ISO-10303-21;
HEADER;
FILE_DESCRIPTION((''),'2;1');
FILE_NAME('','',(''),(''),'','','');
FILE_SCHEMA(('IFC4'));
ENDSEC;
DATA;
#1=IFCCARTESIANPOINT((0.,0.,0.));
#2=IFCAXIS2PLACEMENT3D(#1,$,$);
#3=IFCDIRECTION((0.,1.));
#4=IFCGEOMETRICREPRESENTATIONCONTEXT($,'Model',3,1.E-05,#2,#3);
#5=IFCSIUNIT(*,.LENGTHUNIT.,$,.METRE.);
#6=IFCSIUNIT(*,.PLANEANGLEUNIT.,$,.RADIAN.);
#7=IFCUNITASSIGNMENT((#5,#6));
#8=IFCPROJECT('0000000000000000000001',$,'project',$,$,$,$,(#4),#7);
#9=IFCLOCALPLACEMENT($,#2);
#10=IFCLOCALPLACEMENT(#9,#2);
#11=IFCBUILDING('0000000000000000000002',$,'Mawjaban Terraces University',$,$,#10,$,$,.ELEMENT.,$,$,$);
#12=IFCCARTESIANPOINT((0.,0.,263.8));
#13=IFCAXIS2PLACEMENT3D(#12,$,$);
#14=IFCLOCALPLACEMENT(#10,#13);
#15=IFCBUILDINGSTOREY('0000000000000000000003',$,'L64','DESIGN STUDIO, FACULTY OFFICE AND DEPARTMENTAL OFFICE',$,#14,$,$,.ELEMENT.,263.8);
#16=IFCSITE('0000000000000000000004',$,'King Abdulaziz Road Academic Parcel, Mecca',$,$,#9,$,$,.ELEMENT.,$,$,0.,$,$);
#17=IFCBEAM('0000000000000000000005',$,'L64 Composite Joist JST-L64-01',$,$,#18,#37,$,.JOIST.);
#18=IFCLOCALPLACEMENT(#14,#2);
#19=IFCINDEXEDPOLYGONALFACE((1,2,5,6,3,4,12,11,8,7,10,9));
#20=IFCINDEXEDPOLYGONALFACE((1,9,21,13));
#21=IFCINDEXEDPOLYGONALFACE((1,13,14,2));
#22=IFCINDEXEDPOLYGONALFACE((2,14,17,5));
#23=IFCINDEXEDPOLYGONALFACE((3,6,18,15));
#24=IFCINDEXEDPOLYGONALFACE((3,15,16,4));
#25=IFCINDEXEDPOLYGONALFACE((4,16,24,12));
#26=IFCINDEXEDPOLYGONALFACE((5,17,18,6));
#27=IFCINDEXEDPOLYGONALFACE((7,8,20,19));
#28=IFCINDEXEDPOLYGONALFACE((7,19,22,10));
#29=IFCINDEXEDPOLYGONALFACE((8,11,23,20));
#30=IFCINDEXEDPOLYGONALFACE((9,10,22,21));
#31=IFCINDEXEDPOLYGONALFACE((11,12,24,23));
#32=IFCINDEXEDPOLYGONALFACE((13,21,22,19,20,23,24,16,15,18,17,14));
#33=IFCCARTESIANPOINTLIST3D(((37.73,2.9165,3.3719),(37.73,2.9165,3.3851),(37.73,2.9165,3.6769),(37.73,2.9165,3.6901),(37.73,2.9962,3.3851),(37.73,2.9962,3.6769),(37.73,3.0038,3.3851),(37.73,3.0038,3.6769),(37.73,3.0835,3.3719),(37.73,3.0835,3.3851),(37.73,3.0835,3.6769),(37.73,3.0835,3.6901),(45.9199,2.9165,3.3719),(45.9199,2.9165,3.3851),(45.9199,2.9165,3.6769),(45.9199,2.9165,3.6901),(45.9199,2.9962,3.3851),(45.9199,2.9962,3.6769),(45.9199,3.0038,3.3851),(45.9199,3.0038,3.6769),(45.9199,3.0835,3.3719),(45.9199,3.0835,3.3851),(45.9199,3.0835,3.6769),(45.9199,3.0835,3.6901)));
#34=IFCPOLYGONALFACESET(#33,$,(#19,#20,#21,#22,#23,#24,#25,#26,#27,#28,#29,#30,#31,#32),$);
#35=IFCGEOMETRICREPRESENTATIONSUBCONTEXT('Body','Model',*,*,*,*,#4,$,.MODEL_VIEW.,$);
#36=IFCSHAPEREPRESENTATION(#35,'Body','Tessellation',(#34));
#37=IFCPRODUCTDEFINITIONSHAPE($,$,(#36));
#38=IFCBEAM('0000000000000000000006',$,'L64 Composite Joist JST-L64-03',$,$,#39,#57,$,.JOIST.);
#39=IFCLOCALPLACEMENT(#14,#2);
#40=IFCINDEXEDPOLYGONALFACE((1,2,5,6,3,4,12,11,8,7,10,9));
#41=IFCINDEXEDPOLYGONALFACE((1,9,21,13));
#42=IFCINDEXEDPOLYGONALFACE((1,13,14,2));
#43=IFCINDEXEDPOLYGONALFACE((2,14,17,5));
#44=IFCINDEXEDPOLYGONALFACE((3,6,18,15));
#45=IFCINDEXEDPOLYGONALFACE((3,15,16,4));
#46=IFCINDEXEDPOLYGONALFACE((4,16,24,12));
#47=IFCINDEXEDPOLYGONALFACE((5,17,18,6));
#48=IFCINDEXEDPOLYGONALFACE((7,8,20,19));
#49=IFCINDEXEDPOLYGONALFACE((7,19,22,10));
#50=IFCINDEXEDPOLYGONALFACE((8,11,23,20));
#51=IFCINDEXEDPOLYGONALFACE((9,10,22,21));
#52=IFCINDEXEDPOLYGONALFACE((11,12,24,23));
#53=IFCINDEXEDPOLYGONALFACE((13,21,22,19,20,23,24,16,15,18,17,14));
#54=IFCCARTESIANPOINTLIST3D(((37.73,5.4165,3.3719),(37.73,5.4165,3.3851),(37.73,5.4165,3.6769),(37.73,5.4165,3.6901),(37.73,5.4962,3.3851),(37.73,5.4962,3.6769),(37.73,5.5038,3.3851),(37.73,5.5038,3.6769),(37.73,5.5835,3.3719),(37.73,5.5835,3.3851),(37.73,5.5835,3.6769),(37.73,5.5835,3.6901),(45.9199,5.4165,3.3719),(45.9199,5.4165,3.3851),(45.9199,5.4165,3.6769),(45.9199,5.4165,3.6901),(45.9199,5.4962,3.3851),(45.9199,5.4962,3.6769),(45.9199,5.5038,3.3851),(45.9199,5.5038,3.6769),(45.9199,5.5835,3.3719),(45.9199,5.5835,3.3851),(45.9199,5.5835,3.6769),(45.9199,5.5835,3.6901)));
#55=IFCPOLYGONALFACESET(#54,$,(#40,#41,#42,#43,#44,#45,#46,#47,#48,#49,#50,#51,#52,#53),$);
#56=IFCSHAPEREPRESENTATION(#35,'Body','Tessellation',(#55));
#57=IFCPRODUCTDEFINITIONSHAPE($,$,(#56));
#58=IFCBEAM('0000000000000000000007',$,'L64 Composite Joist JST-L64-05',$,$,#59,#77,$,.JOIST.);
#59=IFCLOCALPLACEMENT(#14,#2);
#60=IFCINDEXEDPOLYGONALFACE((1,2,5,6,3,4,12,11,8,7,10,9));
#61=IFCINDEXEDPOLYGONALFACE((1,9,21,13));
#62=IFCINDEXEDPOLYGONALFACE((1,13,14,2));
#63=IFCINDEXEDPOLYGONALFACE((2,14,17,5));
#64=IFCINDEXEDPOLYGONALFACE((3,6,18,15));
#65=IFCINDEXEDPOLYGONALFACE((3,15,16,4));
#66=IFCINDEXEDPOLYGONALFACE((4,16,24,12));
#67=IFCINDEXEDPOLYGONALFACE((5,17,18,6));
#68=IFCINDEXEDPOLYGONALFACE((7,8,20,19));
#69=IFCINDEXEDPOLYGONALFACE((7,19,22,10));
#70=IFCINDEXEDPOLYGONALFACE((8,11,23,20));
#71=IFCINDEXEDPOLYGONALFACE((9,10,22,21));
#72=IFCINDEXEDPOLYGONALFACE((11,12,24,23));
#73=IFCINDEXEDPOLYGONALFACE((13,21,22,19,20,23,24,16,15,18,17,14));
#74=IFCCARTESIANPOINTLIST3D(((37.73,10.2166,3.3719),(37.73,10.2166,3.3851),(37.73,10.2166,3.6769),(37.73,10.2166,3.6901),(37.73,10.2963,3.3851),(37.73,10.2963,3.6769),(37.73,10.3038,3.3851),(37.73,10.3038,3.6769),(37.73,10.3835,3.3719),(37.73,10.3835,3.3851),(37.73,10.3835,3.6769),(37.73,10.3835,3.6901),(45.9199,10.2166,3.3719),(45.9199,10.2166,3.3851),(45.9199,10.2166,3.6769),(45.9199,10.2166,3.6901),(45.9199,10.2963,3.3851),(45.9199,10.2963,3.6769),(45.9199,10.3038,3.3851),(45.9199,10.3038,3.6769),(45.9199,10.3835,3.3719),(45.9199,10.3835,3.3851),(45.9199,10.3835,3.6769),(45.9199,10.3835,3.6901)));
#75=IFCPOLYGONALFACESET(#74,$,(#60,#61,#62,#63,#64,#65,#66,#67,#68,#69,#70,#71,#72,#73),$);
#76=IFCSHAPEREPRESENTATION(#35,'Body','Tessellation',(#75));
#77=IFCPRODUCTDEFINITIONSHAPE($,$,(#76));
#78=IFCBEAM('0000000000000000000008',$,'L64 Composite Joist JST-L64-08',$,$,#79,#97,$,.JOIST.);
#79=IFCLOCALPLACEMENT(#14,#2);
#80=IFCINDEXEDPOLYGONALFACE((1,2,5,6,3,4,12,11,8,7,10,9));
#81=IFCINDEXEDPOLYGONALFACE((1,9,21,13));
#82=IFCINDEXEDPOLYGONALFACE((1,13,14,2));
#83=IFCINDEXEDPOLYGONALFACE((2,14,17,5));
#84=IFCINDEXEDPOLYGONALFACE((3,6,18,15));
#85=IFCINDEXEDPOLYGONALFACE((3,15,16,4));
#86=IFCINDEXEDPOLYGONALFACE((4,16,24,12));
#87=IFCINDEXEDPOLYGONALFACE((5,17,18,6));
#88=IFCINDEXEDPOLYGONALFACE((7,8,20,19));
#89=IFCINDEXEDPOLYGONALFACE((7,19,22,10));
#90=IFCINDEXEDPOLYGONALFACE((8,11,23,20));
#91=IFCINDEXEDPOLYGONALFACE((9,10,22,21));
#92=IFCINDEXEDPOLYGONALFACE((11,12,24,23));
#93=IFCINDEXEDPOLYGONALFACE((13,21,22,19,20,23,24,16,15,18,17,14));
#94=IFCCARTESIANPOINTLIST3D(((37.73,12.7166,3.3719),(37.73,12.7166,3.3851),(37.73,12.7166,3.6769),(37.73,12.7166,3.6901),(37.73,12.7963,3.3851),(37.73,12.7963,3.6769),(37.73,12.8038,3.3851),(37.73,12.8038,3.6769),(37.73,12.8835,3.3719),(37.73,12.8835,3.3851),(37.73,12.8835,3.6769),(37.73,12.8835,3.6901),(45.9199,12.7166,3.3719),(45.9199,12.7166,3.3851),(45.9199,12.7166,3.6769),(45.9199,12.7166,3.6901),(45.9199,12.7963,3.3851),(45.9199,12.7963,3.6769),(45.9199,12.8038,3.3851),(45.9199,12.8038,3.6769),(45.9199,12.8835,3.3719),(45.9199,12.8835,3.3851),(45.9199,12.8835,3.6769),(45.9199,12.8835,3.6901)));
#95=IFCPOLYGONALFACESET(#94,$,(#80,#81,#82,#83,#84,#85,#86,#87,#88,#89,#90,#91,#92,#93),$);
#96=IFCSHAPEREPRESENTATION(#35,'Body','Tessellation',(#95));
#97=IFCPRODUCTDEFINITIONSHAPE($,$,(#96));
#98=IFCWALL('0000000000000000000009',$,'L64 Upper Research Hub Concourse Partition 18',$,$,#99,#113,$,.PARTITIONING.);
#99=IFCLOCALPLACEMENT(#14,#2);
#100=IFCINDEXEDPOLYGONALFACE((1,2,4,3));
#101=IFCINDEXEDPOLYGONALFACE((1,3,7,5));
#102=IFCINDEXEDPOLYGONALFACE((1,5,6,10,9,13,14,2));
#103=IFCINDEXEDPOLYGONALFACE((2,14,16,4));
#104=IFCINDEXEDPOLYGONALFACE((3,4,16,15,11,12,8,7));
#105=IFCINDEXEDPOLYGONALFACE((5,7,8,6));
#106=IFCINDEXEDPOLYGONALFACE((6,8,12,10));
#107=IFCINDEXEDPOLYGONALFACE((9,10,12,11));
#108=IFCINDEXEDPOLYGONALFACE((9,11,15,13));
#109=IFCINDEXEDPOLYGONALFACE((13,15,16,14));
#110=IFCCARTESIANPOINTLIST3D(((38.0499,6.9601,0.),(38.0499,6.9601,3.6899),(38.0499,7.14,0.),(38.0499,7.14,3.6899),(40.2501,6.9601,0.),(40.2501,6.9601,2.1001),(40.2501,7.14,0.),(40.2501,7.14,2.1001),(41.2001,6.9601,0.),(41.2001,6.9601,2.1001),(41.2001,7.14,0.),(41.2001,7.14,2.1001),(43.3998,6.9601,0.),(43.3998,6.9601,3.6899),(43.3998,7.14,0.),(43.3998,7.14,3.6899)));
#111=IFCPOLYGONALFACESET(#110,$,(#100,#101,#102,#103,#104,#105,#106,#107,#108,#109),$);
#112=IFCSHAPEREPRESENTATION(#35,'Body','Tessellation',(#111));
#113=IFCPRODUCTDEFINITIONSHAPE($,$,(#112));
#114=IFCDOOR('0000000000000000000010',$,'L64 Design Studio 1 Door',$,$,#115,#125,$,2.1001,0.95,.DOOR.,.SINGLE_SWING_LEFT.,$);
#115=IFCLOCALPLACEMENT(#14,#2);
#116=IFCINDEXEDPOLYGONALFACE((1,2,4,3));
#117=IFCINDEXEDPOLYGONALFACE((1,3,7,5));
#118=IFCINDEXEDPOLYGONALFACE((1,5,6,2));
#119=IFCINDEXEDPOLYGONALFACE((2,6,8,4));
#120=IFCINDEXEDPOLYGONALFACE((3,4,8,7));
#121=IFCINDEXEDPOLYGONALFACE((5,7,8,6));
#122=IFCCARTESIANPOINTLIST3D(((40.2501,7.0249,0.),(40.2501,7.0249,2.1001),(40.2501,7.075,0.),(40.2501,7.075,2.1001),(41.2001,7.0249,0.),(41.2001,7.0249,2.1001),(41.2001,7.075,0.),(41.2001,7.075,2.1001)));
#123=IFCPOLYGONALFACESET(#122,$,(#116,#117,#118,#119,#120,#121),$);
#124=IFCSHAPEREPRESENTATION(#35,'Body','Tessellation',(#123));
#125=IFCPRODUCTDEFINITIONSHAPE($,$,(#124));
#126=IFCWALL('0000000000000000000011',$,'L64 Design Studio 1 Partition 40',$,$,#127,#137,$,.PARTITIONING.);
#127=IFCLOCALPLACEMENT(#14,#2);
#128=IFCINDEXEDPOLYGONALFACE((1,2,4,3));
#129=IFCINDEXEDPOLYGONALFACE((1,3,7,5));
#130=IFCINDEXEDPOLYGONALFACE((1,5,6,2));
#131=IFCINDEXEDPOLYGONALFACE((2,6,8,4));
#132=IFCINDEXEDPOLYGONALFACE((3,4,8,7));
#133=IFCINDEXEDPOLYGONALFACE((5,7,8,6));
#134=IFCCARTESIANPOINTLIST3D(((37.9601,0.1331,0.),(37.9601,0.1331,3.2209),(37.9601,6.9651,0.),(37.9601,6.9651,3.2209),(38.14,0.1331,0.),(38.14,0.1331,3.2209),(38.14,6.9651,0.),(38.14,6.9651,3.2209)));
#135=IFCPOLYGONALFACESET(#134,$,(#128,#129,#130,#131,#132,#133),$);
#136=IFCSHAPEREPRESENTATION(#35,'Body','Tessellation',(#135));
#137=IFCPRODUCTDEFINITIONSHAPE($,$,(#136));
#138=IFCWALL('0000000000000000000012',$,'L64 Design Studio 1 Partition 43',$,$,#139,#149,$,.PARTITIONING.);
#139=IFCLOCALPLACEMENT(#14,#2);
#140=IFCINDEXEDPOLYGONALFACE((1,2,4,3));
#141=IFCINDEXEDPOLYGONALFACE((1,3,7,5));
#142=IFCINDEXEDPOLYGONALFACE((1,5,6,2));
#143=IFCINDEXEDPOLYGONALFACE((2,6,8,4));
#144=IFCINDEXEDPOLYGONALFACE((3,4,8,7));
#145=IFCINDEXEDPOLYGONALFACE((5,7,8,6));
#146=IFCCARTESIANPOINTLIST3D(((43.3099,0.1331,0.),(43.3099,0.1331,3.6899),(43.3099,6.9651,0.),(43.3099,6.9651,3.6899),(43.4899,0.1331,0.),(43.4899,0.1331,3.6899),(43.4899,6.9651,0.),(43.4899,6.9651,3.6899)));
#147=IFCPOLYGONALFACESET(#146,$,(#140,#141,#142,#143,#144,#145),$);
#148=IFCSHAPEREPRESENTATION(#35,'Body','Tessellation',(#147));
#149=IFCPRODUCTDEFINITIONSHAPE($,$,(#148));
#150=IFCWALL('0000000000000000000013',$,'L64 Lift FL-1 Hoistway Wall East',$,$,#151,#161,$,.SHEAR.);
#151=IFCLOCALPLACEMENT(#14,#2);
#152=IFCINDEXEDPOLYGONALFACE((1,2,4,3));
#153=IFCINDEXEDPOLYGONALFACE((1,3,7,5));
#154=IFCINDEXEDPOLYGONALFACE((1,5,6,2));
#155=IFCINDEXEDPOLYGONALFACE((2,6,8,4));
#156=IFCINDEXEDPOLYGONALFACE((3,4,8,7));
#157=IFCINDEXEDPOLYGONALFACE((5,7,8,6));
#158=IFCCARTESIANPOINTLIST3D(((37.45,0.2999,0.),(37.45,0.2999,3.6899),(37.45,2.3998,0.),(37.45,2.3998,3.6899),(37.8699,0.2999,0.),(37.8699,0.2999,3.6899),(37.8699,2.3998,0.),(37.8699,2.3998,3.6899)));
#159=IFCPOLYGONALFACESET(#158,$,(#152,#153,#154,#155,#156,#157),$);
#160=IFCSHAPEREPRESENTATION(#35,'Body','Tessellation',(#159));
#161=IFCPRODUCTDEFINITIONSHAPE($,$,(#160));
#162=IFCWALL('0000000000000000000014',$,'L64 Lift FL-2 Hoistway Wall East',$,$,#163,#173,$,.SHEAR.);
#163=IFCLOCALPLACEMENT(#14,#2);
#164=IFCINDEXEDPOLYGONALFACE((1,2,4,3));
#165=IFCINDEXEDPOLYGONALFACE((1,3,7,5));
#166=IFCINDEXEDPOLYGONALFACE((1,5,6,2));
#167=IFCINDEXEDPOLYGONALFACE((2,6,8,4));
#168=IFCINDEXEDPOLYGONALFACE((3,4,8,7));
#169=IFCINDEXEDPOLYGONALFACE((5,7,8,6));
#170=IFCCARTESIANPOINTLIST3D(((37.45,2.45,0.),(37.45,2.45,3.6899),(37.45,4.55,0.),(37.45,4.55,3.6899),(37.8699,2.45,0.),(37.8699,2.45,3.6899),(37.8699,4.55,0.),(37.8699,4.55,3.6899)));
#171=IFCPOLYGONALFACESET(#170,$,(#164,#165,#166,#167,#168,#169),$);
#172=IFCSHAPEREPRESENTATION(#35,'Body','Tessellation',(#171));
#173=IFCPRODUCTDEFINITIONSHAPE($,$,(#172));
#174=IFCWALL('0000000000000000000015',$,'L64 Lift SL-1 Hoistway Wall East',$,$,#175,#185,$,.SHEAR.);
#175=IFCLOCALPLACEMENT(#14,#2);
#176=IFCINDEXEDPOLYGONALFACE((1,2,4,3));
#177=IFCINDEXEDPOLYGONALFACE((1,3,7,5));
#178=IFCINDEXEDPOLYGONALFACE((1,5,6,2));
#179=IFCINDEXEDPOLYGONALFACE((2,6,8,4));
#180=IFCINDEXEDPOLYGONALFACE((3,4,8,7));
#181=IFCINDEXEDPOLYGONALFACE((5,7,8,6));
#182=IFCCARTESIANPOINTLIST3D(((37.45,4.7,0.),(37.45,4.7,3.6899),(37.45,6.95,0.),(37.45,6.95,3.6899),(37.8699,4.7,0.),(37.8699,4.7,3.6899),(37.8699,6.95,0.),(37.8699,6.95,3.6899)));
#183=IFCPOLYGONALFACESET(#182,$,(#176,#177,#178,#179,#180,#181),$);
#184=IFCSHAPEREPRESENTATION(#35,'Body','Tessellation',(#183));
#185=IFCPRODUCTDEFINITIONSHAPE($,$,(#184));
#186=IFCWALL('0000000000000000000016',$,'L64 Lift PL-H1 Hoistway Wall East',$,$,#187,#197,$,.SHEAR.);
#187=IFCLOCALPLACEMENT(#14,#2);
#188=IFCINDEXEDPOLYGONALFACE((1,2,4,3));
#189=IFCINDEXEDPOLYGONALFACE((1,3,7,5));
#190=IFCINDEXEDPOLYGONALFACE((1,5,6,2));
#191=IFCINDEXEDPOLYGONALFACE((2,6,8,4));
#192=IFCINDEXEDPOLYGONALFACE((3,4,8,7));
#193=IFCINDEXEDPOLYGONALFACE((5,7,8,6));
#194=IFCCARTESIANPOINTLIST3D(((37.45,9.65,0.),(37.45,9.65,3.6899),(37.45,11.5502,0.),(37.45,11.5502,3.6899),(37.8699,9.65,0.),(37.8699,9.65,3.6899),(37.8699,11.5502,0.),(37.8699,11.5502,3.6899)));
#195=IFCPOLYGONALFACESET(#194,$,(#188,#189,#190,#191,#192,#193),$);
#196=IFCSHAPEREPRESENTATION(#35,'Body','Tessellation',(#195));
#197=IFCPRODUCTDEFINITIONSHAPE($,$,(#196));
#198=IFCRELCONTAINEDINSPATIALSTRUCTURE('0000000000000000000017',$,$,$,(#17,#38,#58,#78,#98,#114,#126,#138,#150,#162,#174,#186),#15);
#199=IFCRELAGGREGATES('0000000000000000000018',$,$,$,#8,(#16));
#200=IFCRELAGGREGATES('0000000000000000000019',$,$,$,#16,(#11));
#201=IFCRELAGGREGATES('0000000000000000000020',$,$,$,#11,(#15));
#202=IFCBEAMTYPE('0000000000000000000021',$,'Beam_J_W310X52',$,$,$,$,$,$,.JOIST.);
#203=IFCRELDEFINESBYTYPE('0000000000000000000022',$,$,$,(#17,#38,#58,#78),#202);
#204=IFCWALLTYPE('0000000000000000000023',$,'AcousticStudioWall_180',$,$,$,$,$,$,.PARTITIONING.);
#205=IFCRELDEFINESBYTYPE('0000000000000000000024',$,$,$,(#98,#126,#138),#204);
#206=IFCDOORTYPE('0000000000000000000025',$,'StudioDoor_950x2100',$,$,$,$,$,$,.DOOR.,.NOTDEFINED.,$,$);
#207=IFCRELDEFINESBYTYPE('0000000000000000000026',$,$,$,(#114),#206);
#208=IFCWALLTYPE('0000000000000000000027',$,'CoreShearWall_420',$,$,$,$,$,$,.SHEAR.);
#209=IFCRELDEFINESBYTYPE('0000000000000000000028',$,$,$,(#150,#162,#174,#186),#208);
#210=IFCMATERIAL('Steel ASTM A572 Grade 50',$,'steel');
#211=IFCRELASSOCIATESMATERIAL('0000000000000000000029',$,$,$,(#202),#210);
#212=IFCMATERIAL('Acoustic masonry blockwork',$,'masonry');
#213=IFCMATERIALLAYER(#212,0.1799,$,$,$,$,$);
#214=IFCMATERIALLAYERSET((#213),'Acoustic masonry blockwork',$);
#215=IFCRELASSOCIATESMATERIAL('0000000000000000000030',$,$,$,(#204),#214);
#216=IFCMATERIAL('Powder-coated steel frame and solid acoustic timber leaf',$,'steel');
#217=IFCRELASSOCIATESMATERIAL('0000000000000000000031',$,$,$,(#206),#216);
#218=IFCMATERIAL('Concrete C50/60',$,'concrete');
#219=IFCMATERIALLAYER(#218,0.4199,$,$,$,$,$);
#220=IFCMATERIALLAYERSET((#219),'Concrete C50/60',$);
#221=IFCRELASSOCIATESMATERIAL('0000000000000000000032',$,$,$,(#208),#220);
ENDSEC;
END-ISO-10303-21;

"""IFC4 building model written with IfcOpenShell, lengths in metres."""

from ifc_helpers import new_model, si_unit, direction, frame, frame_2d, origin, origin_2d, place, context, subcontext, project, spatial, rectangle, i_section, extrude, material, layer, layer_set, material_profile, profile_set, type_object, element, fill, save


model = new_model("IFC4")

# Units and contexts
model_context = context("Model", 3, precision=1e-05, world=origin(), true_north=direction((0.0, 1.0)))
body_context = subcontext(model_context, "Body", "Model", "MODEL_VIEW")
ifc_project = project(units=[si_unit("LENGTHUNIT", "METRE"), si_unit("PLANEANGLEUNIT", "RADIAN")], contexts=[model_context])

# Site, building, storey
site_placement = place(None, origin())
site = spatial("IfcSite", under=ifc_project, at=site_placement, Name="King Abdulaziz Road Academic Parcel, Mecca", CompositionType="ELEMENT", RefElevation=0.0)
building_placement = place(site_placement, origin())
building = spatial("IfcBuilding", under=site, at=building_placement, Name="Mawjaban Terraces University", CompositionType="ELEMENT")
storey_placement = place(building_placement, frame((0.0, 0.0, 263.8)))
storey = spatial("IfcBuildingStorey", under=building, at=storey_placement, Name="L64", Description="DESIGN STUDIO, FACULTY OFFICE AND DEPARTMENTAL OFFICE", CompositionType="ELEMENT", Elevation=263.8)

# Shared definitions
ifc_material_1 = material(Name="Concrete C50/60", Category="concrete")

# Beams
ifc_material_2 = material(Name="Steel ASTM A572 Grade 50", Category="steel")
ifc_material_profile_1 = material_profile(ifc_material_2, i_section(OverallWidth=0.167, OverallDepth=0.3181, WebThickness=0.0076, FlangeThickness=0.0132, at=origin_2d()), Name="W310X52")
ifc_profile_set_1 = profile_set([ifc_material_profile_1], Name="Steel ASTM A572 Grade 50")
beam_type_1 = type_object("IfcBeamType", Name="Beam_J_W310X52", PredefinedType="JOIST", material=ifc_profile_set_1)
for number, where, z_axis, x_axis, name in (
    (1, (37.73, 3.0, 3.531), (1.0, 0.0, 0.0), (0.0, 1.0, 0.0), "L64 Composite Joist JST-L64-01"),
    (2, (37.73, 5.5, 3.531), (1.0, 0.0, 0.0), (0.0, 1.0, 0.0), "L64 Composite Joist JST-L64-03"),
    (3, (37.73, 10.3, 3.531), (1.0, 0.0, 0.0), (0.0, 1.0, 0.0), "L64 Composite Joist JST-L64-05"),
    (4, (37.73, 12.8, 3.531), (1.0, 0.0, 0.0), (0.0, 1.0, 0.0), "L64 Composite Joist JST-L64-08"),
):
    element("IfcBeam", number, at=place(storey_placement, frame(where, z_axis=z_axis, x_axis=x_axis)), inside=storey, type_object=beam_type_1, Name=name, PredefinedType="JOIST", context=body_context, shape_type="SweptSolid", body=[
        extrude(i_section(OverallWidth=0.167, OverallDepth=0.3181, WebThickness=0.0076, FlangeThickness=0.0132, at=origin_2d()), origin(), (0.0, 0.0, 1.0), 8.1899),
    ])

# Wall, opening, door
ifc_material_3 = material(Name="Acoustic masonry blockwork", Category="masonry")
ifc_layer_1 = layer(ifc_material_3, 0.1799)
ifc_layer_set_1 = layer_set([ifc_layer_1], Name="Acoustic masonry blockwork")
wall_type_1 = type_object("IfcWallType", Name="AcousticStudioWall_180", PredefinedType="PARTITIONING", material=ifc_layer_set_1)
wall_1_placement = place(storey_placement, frame((38.05, 7.05, 0.0), z_axis=(0.0, 0.0, 1.0), x_axis=(1.0, 0.0, 0.0)))
wall_1 = element("IfcWall", 5, at=wall_1_placement, inside=storey, type_object=wall_type_1, Name="L64 Upper Research Hub Concourse Partition 18", PredefinedType="PARTITIONING", context=body_context, shape_type="SweptSolid", body=[
    extrude(rectangle(XDim=5.3499, YDim=0.1799, at=frame_2d((2.6748, 0.0))), origin(), (0.0, 0.0, 1.0), 3.6899),
])
opening_placement = place(wall_1_placement, frame((2.2, 0.0, 0.0)))
opening = element("IfcOpeningElement", 6, at=opening_placement, cuts=wall_1, PredefinedType="OPENING", context=body_context, shape_type="SweptSolid", body=[
    extrude(rectangle(XDim=0.95, YDim=2.1001, at=frame_2d((0.4751, 1.05))), frame((0.0, 0.0999, 0.0), z_axis=(0.0, -1.0, 0.0), x_axis=(1.0, 0.0, 0.0)), (0.0, 0.0, 1.0), 0.2),
])
ifc_material_4 = material(Name="Powder-coated steel frame and solid acoustic timber leaf", Category="steel")
door_type = type_object("IfcDoorType", Name="StudioDoor_950x2100", OperationType="NOTDEFINED", PredefinedType="DOOR", material=ifc_material_4)
door_placement = place(opening_placement, origin())
door = element("IfcDoor", 7, at=door_placement, inside=storey, type_object=door_type, Name="L64 Design Studio 1 Door", OperationType="SINGLE_SWING_LEFT", OverallHeight=2.1001, OverallWidth=0.95, PredefinedType="DOOR", context=body_context, shape_type="SweptSolid", body=[
    extrude(rectangle(XDim=0.95, YDim=2.1001, at=frame_2d((0.4751, 1.05))), frame((0.0, 0.0249, 0.0), z_axis=(0.0, -1.0, 0.0), x_axis=(1.0, 0.0, 0.0)), (0.0, 0.0, 1.0), 0.05),
])
fill(opening, door)

# Walls
wall_2_placement = place(storey_placement, frame((38.05, 6.9651, 0.0), z_axis=(0.0, 0.0, 1.0), x_axis=(0.0, -1.0, 0.0)))
element("IfcWall", 8, at=wall_2_placement, inside=storey, type_object=wall_type_1, Name="L64 Design Studio 1 Partition 40", PredefinedType="PARTITIONING", context=body_context, shape_type="SweptSolid", body=[
    extrude(rectangle(XDim=6.832, YDim=0.1799, at=frame_2d((3.416, 0.0))), origin(), (0.0, 0.0, 1.0), 3.2209),
])
wall_3_placement = place(storey_placement, frame((43.3999, 0.1331, 0.0), z_axis=(0.0, 0.0, 1.0), x_axis=(0.0, 1.0, 0.0)))
element("IfcWall", 9, at=wall_3_placement, inside=storey, type_object=wall_type_1, Name="L64 Design Studio 1 Partition 43", PredefinedType="PARTITIONING", context=body_context, shape_type="SweptSolid", body=[
    extrude(rectangle(XDim=6.832, YDim=0.1799, at=frame_2d((3.416, 0.0))), origin(), (0.0, 0.0, 1.0), 3.6899),
])
ifc_layer_2 = layer(ifc_material_1, 0.4199)
ifc_layer_set_2 = layer_set([ifc_layer_2], Name="Concrete C50/60")
wall_type_2 = type_object("IfcWallType", Name="CoreShearWall_420", PredefinedType="SHEAR", material=ifc_layer_set_2)
wall_4_placement = place(storey_placement, frame((37.6599, 0.3, 0.0), z_axis=(0.0, 0.0, 1.0), x_axis=(0.0, 1.0, 0.0)))
element("IfcWall", 10, at=wall_4_placement, inside=storey, type_object=wall_type_2, Name="L64 Lift FL-1 Hoistway Wall East", PredefinedType="SHEAR", context=body_context, shape_type="SweptSolid", body=[
    extrude(rectangle(XDim=2.0999, YDim=0.4199, at=frame_2d((1.0498, 0.0))), origin(), (0.0, 0.0, 1.0), 3.6899),
])
wall_5_placement = place(storey_placement, frame((37.6599, 2.45, 0.0), z_axis=(0.0, 0.0, 1.0), x_axis=(0.0, 1.0, 0.0)))
element("IfcWall", 11, at=wall_5_placement, inside=storey, type_object=wall_type_2, Name="L64 Lift FL-2 Hoistway Wall East", PredefinedType="SHEAR", context=body_context, shape_type="SweptSolid", body=[
    extrude(rectangle(XDim=2.1001, YDim=0.4199, at=frame_2d((1.05, 0.0))), origin(), (0.0, 0.0, 1.0), 3.6899),
])
wall_6_placement = place(storey_placement, frame((37.6599, 4.7, 0.0), z_axis=(0.0, 0.0, 1.0), x_axis=(0.0, 1.0, 0.0)))
element("IfcWall", 12, at=wall_6_placement, inside=storey, type_object=wall_type_2, Name="L64 Lift SL-1 Hoistway Wall East", PredefinedType="SHEAR", context=body_context, shape_type="SweptSolid", body=[
    extrude(rectangle(XDim=2.25, YDim=0.4199, at=frame_2d((1.125, 0.0))), origin(), (0.0, 0.0, 1.0), 3.6899),
])
wall_7_placement = place(storey_placement, frame((37.6599, 9.6499, 0.0), z_axis=(0.0, 0.0, 1.0), x_axis=(0.0, 1.0, 0.0)))
element("IfcWall", 13, at=wall_7_placement, inside=storey, type_object=wall_type_2, Name="L64 Lift PL-H1 Hoistway Wall East", PredefinedType="SHEAR", context=body_context, shape_type="SweptSolid", body=[
    extrude(rectangle(XDim=1.9001, YDim=0.4199, at=frame_2d((0.9502, 0.0))), origin(), (0.0, 0.0, 1.0), 3.6899),
])

save(model, "model.ifc")
